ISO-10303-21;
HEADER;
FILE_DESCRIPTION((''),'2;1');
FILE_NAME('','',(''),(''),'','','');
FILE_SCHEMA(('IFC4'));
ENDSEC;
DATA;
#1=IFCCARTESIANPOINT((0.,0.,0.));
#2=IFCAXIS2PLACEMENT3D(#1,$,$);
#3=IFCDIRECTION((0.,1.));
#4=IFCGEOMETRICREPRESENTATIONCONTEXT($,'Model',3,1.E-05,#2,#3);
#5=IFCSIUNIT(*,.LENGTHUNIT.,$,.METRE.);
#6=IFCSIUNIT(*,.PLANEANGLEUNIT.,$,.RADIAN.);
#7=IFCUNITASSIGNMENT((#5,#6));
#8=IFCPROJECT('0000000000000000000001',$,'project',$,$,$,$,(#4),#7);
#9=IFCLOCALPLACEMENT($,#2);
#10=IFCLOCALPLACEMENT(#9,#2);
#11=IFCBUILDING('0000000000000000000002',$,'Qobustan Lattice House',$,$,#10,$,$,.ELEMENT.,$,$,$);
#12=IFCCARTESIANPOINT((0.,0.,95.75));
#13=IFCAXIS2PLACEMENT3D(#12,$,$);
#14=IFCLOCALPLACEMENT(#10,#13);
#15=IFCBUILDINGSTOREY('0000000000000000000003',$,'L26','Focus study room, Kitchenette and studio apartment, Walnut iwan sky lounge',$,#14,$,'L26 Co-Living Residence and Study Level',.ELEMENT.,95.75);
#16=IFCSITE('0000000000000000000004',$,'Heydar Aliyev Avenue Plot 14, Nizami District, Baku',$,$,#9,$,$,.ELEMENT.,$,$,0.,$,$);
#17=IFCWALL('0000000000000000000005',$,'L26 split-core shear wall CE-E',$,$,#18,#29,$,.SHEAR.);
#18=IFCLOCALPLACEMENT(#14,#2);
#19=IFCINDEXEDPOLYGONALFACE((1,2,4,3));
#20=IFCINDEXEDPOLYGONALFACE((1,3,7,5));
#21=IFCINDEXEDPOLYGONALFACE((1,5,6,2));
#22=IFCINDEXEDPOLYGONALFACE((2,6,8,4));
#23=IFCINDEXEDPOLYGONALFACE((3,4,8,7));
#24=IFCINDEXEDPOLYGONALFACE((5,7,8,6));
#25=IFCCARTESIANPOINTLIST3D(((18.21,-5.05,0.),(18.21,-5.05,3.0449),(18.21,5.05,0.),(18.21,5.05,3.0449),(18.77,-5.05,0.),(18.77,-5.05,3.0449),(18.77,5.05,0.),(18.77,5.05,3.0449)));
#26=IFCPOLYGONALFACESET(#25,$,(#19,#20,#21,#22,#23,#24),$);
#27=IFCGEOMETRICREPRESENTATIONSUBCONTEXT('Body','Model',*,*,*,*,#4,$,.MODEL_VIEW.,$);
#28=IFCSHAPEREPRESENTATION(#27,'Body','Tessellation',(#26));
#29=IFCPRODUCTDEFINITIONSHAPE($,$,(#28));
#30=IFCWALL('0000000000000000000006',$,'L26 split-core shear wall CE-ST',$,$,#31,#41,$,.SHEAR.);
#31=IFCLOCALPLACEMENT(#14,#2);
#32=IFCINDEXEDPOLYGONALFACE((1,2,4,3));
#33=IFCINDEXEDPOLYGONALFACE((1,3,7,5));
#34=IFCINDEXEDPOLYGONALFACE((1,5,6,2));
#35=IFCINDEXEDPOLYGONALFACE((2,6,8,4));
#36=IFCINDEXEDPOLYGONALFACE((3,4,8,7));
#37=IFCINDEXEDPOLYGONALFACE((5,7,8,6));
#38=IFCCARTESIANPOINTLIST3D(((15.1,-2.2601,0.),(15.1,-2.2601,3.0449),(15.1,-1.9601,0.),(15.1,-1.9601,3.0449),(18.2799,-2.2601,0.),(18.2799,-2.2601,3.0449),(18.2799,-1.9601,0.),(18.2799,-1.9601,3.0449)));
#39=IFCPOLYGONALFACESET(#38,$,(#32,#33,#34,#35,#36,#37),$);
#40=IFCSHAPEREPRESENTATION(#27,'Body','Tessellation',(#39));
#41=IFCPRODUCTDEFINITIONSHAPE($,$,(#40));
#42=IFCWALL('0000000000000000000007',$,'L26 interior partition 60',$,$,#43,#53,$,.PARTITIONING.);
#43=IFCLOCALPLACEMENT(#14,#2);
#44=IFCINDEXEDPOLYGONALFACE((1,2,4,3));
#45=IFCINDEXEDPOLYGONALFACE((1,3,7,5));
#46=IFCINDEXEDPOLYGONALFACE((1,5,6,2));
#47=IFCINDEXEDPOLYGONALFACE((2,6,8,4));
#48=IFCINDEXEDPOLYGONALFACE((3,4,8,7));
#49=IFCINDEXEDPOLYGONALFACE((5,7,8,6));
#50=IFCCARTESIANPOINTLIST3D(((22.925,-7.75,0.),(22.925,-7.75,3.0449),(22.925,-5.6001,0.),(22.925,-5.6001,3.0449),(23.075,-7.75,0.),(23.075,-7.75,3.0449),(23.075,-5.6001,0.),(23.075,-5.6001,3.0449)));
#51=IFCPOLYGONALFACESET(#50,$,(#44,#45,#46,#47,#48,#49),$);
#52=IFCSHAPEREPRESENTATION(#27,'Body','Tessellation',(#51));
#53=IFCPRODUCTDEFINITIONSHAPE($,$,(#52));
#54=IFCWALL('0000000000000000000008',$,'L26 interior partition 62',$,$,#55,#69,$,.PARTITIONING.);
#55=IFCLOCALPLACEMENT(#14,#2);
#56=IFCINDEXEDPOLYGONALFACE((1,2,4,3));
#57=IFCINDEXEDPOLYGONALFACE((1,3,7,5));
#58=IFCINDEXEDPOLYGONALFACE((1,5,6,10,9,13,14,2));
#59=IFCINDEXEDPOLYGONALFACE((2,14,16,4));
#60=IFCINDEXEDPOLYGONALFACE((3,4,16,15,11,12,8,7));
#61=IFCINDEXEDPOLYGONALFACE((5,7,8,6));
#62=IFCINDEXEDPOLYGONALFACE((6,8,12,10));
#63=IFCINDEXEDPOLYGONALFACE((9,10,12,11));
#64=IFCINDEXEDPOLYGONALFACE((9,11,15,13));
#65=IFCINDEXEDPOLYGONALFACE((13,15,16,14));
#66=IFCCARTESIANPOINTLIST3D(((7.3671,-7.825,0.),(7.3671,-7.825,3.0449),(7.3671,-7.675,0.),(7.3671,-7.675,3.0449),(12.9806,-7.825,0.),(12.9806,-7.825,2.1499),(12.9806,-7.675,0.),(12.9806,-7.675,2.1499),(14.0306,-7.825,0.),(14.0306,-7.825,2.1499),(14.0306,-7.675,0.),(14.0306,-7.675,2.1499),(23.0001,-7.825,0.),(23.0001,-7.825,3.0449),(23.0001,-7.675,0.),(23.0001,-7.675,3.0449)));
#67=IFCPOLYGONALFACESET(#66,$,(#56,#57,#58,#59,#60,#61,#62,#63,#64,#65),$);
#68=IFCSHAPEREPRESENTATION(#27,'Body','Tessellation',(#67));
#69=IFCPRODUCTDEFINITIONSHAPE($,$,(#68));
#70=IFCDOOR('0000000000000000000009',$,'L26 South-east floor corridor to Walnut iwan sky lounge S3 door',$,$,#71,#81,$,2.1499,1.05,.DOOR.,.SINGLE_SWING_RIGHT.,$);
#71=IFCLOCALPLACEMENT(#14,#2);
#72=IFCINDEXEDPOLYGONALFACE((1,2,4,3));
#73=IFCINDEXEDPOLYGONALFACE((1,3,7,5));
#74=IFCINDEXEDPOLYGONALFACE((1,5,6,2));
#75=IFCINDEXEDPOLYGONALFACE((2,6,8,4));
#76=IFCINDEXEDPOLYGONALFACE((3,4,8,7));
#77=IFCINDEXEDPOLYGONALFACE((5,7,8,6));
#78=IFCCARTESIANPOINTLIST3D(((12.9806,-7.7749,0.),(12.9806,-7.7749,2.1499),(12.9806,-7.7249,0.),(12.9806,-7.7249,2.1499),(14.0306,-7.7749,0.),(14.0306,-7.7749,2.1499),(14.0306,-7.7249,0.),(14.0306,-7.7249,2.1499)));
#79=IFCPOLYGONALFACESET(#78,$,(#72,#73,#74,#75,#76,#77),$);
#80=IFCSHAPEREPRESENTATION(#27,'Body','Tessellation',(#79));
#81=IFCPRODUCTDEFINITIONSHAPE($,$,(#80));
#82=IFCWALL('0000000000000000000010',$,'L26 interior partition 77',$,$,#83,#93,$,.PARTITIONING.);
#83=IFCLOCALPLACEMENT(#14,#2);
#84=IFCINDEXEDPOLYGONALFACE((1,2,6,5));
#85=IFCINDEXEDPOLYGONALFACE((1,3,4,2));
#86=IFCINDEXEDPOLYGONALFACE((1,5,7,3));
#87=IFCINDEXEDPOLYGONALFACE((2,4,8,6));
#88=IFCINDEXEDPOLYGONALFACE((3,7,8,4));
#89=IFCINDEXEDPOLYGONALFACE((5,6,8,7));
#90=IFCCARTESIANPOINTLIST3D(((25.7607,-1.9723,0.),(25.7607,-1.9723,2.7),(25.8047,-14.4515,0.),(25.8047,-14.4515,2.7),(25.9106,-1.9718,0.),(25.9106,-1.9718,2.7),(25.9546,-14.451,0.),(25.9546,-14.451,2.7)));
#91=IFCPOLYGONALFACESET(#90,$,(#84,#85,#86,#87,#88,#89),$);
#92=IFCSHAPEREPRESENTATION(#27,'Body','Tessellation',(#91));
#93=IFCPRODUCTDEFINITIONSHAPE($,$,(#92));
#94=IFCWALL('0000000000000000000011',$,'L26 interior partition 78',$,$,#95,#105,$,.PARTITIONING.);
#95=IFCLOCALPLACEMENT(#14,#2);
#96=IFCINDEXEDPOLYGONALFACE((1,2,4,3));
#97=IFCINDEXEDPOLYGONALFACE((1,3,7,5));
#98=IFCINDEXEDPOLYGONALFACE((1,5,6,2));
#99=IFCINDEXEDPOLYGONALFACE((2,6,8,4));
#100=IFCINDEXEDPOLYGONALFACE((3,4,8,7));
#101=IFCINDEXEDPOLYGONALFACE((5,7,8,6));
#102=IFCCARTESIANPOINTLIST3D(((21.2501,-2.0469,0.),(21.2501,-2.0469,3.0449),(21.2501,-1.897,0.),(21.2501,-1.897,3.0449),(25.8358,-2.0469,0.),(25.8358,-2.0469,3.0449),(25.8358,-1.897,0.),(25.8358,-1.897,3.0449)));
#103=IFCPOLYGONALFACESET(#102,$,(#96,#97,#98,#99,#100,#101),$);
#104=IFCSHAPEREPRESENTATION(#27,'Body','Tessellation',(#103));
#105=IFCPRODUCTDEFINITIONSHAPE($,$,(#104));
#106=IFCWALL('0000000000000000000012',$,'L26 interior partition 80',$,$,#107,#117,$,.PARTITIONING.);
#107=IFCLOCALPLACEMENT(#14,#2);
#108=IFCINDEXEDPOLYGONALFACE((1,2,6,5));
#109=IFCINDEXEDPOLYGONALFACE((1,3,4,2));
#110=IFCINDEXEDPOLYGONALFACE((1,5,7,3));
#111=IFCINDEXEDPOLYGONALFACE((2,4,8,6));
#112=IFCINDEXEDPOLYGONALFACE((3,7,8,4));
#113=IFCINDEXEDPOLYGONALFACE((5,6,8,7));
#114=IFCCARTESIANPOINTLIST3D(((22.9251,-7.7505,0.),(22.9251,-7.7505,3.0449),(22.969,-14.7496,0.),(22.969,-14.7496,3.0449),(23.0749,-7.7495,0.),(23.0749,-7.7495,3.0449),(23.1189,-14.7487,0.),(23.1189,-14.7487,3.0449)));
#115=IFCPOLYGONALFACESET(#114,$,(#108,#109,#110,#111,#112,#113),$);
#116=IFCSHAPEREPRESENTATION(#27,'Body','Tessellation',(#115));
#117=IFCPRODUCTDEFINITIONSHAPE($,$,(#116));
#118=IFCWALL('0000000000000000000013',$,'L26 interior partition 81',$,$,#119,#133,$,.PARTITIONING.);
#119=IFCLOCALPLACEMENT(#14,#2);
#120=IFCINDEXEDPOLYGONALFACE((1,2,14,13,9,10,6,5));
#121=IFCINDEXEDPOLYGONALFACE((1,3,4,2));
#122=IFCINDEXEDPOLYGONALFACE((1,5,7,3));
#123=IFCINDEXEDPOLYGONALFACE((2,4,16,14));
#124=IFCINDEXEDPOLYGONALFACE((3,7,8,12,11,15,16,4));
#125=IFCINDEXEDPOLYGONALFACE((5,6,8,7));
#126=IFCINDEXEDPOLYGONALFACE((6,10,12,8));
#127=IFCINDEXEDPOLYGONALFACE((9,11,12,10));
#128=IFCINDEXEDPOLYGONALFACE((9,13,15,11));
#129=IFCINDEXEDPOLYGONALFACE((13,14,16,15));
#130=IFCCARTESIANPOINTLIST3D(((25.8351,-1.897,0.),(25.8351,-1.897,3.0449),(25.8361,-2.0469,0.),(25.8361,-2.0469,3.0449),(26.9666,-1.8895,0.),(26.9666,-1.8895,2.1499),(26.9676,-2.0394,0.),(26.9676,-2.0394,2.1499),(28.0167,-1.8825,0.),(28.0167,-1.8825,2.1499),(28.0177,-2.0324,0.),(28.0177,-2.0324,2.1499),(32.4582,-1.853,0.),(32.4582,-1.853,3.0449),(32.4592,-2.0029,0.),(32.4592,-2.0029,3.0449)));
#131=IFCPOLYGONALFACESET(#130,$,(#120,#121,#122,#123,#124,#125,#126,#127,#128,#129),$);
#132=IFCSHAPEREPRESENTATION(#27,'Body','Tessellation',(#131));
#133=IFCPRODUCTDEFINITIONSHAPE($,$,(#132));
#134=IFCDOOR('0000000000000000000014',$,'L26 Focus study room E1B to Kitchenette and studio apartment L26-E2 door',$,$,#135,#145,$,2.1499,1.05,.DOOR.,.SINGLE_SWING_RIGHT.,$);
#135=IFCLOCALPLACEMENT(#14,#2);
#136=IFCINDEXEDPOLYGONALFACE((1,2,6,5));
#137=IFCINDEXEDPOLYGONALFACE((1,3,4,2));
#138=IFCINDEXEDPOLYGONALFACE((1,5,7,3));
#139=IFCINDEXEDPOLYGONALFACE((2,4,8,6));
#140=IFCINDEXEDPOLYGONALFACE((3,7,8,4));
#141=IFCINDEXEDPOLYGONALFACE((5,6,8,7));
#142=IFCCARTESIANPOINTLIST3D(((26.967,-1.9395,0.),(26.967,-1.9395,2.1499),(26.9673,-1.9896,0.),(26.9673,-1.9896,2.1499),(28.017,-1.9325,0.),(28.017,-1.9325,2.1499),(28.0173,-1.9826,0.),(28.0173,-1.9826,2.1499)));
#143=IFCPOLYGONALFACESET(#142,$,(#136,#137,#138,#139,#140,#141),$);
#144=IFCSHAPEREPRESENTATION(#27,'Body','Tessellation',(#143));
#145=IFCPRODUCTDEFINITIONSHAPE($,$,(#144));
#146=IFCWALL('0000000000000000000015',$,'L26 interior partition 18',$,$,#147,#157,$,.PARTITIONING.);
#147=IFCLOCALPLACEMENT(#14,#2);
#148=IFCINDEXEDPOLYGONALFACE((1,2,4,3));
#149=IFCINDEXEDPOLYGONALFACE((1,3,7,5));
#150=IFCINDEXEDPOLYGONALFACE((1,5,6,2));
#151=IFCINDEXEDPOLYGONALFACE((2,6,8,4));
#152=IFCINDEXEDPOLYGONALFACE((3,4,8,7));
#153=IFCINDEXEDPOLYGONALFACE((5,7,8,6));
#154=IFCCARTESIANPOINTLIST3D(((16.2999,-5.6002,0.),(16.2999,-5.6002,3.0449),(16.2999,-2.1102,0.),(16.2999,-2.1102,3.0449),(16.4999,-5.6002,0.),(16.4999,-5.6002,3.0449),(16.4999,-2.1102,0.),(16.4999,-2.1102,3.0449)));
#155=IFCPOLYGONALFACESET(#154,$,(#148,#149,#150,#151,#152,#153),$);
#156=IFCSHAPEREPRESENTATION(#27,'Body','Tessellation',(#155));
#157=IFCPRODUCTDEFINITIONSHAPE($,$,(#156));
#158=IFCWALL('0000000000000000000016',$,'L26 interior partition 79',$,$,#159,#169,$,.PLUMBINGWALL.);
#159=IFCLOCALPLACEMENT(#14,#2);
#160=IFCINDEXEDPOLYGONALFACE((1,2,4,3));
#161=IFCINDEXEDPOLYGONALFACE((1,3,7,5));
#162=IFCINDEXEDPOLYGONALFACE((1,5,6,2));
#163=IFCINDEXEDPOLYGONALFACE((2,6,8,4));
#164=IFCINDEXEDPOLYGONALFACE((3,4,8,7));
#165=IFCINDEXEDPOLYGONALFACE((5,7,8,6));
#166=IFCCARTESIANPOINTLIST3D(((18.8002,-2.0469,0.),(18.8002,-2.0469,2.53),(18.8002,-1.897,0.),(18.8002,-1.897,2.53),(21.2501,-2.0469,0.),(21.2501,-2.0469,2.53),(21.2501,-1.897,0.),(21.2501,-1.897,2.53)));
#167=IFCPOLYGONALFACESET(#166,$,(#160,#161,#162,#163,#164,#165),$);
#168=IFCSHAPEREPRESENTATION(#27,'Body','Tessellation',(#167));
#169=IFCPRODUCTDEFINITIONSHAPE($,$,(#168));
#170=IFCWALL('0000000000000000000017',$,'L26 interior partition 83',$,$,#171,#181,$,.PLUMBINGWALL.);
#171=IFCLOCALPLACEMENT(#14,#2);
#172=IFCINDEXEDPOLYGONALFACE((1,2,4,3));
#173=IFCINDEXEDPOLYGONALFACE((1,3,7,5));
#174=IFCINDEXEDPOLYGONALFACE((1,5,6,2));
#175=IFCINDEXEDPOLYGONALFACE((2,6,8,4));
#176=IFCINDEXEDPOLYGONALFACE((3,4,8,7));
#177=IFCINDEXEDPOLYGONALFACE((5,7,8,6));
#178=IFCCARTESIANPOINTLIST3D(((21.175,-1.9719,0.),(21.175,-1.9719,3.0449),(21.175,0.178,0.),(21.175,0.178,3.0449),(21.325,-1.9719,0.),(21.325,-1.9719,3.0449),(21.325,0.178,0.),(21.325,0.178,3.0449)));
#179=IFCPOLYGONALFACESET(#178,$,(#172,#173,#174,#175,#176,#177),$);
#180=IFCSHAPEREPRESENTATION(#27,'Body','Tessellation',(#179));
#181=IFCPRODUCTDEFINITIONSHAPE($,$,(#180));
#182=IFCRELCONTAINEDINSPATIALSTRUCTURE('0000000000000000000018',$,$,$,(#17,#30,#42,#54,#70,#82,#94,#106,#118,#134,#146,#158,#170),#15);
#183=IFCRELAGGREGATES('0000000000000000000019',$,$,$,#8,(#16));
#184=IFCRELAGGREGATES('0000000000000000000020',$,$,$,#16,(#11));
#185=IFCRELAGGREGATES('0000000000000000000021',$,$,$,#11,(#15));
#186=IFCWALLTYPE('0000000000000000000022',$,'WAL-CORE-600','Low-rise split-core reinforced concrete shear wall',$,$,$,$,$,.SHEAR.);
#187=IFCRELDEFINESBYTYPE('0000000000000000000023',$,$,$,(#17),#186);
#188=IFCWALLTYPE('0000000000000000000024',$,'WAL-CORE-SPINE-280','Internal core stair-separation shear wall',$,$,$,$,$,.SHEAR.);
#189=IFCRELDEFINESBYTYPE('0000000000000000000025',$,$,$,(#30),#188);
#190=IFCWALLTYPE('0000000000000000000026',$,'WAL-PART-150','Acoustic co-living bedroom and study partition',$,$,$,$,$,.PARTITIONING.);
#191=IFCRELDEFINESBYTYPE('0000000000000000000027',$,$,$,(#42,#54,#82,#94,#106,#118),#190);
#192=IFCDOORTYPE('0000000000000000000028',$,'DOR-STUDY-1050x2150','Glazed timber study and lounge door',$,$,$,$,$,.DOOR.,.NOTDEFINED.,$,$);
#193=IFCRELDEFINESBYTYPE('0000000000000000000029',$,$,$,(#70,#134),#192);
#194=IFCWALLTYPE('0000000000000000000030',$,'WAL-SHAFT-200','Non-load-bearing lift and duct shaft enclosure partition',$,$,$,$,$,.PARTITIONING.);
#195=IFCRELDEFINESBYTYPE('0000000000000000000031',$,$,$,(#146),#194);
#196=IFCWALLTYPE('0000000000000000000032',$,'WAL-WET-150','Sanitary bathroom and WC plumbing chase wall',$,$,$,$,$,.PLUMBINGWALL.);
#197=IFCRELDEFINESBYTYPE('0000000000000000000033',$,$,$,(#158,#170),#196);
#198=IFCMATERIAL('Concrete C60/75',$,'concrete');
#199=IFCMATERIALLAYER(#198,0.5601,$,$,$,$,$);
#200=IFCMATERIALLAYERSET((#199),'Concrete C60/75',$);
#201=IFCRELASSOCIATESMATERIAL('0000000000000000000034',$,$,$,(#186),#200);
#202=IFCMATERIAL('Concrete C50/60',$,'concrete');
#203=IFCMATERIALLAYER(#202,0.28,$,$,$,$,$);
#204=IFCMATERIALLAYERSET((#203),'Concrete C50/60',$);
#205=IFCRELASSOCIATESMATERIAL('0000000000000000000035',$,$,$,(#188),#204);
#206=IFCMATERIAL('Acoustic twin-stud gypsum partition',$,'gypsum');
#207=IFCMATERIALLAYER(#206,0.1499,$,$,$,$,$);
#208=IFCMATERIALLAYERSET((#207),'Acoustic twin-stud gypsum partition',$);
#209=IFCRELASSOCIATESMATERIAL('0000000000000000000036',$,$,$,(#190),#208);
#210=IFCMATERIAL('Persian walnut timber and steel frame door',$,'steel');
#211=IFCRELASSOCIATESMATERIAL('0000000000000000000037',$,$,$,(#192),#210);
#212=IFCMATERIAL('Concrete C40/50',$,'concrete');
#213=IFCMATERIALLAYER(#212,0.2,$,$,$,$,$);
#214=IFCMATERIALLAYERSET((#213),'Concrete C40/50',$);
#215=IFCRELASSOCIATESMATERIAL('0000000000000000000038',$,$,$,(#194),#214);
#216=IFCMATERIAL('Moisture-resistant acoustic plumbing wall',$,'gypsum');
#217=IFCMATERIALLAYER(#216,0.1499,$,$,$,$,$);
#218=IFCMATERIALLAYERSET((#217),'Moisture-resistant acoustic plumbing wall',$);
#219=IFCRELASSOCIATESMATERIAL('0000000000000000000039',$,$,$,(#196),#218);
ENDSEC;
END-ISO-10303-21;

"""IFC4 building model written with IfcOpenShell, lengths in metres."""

from ifc_helpers import new_model, si_unit, direction, frame, frame_2d, origin, place, context, subcontext, project, spatial, rectangle, extrude, material, layer, layer_set, type_object, element, fill, save


model = new_model("IFC4")

# Units and contexts
model_context = context("Model", 3, precision=1e-05, world=origin(), true_north=direction((0.0, 1.0)))
body_context = subcontext(model_context, "Body", "Model", "MODEL_VIEW")
ifc_project = project(units=[si_unit("LENGTHUNIT", "METRE"), si_unit("PLANEANGLEUNIT", "RADIAN")], contexts=[model_context])

# Site, building, storey
site_placement = place(None, origin())
site = spatial("IfcSite", under=ifc_project, at=site_placement, Name="Heydar Aliyev Avenue Plot 14, Nizami District, Baku", CompositionType="ELEMENT", RefElevation=0.0)
building_placement = place(site_placement, origin())
building = spatial("IfcBuilding", under=site, at=building_placement, Name="Qobustan Lattice House", CompositionType="ELEMENT")
storey_placement = place(building_placement, frame((0.0, 0.0, 95.75)))
storey = spatial("IfcBuildingStorey", under=building, at=storey_placement, Name="L26", Description="Focus study room, Kitchenette and studio apartment, Walnut iwan sky lounge", LongName="L26 Co-Living Residence and Study Level", CompositionType="ELEMENT", Elevation=95.75)

# Walls
ifc_material_1 = material(Name="Concrete C60/75", Category="concrete")
ifc_layer_1 = layer(ifc_material_1, 0.5601)
ifc_layer_set_1 = layer_set([ifc_layer_1], Name="Concrete C60/75")
wall_type_1 = type_object("IfcWallType", Name="WAL-CORE-600", Description="Low-rise split-core reinforced concrete shear wall", PredefinedType="SHEAR", material=ifc_layer_set_1)
wall_1_placement = place(storey_placement, frame((18.49, -5.05, 0.0), z_axis=(0.0, 0.0, 1.0), x_axis=(0.0, 1.0, 0.0)))
element("IfcWall", 1, at=wall_1_placement, inside=storey, type_object=wall_type_1, Name="L26 split-core shear wall CE-E", PredefinedType="SHEAR", context=body_context, shape_type="SweptSolid", body=[
    extrude(rectangle(XDim=10.1001, YDim=0.5601, at=frame_2d((5.05, 0.0))), origin(), (0.0, 0.0, 1.0), 3.0449),
])
ifc_material_2 = material(Name="Concrete C50/60", Category="concrete")
ifc_layer_2 = layer(ifc_material_2, 0.28)
ifc_layer_set_2 = layer_set([ifc_layer_2], Name="Concrete C50/60")
wall_type_2 = type_object("IfcWallType", Name="WAL-CORE-SPINE-280", Description="Internal core stair-separation shear wall", PredefinedType="SHEAR", material=ifc_layer_set_2)
wall_2_placement = place(storey_placement, frame((15.1001, -2.1101, 0.0), z_axis=(0.0, 0.0, 1.0), x_axis=(1.0, 0.0, 0.0)))
element("IfcWall", 2, at=wall_2_placement, inside=storey, type_object=wall_type_2, Name="L26 split-core shear wall CE-ST", PredefinedType="SHEAR", context=body_context, shape_type="SweptSolid", body=[
    extrude(rectangle(XDim=3.1799, YDim=0.3, at=frame_2d((1.5898, 0.0))), origin(), (0.0, 0.0, 1.0), 3.0449),
])

# Shared definitions
ifc_material_3 = material(Name="Acoustic twin-stud gypsum partition", Category="gypsum")
ifc_layer_3 = layer(ifc_material_3, 0.1499)
ifc_layer_set_3 = layer_set([ifc_layer_3], Name="Acoustic twin-stud gypsum partition")
wall_type_3 = type_object("IfcWallType", Name="WAL-PART-150", Description="Acoustic co-living bedroom and study partition", PredefinedType="PARTITIONING", material=ifc_layer_set_3)
ifc_material_4 = material(Name="Persian walnut timber and steel frame door", Category="steel")
door_type = type_object("IfcDoorType", Name="DOR-STUDY-1050x2150", Description="Glazed timber study and lounge door", OperationType="NOTDEFINED", PredefinedType="DOOR", material=ifc_material_4)

# Wall
wall_3_placement = place(storey_placement, frame((23.0, -5.6001, 0.0), z_axis=(0.0, 0.0, 1.0), x_axis=(0.0, -1.0, 0.0)))
element("IfcWall", 3, at=wall_3_placement, inside=storey, type_object=wall_type_3, Name="L26 interior partition 60", PredefinedType="PARTITIONING", context=body_context, shape_type="SweptSolid", body=[
    extrude(rectangle(XDim=2.1499, YDim=0.1499, at=frame_2d((1.075, 0.0))), origin(), (0.0, 0.0, 1.0), 3.0449),
])

# Wall, opening, door
wall_4_placement = place(storey_placement, frame((23.0, -7.75, 0.0), z_axis=(0.0, 0.0, 1.0), x_axis=(-1.0, 0.0, 0.0)))
wall_4 = element("IfcWall", 4, at=wall_4_placement, inside=storey, type_object=wall_type_3, Name="L26 interior partition 62", PredefinedType="PARTITIONING", context=body_context, shape_type="SweptSolid", body=[
    extrude(rectangle(XDim=15.6331, YDim=0.1499, at=frame_2d((7.8164, 0.0))), origin(), (0.0, 0.0, 1.0), 3.0449),
])
opening_1_placement = place(wall_4_placement, frame((8.9695, 0.0, 0.0)))
opening_1 = element("IfcOpeningElement", 5, at=opening_1_placement, cuts=wall_4, PredefinedType="OPENING", context=body_context, shape_type="SweptSolid", body=[
    extrude(rectangle(XDim=1.05, YDim=2.1499, at=frame_2d((0.5249, 1.075))), frame((0.0, 0.085, 0.0), z_axis=(0.0, -1.0, 0.0), x_axis=(1.0, 0.0, 0.0)), (0.0, 0.0, 1.0), 0.1699),
])
door_1_placement = place(opening_1_placement, origin())
door_1 = element("IfcDoor", 6, at=door_1_placement, inside=storey, type_object=door_type, Name="L26 South-east floor corridor to Walnut iwan sky lounge S3 door", OperationType="SINGLE_SWING_RIGHT", OverallHeight=2.1499, OverallWidth=1.05, PredefinedType="DOOR", context=body_context, shape_type="SweptSolid", body=[
    extrude(rectangle(XDim=1.05, YDim=2.1499, at=frame_2d((0.5249, 1.075))), frame((0.0, 0.0249, 0.0), z_axis=(0.0, -1.0, 0.0), x_axis=(1.0, 0.0, 0.0)), (0.0, 0.0, 1.0), 0.05),
])
fill(opening_1, door_1)

# Walls
wall_5_placement = place(storey_placement, frame((25.8357, -1.9719, 0.0), z_axis=(0.0, 0.0, 1.0), x_axis=(0.003521, -0.999994, 0.0)))
element("IfcWall", 7, at=wall_5_placement, inside=storey, type_object=wall_type_3, Name="L26 interior partition 77", PredefinedType="PARTITIONING", context=body_context, shape_type="SweptSolid", body=[
    extrude(rectangle(XDim=12.4792, YDim=0.1499, at=frame_2d((6.2397, 0.0))), origin(), (0.0, 0.0, 1.0), 2.7),
])
wall_6_placement = place(storey_placement, frame((21.25, -1.9719, 0.0), z_axis=(0.0, 0.0, 1.0), x_axis=(1.0, 0.0, 0.0)))
element("IfcWall", 8, at=wall_6_placement, inside=storey, type_object=wall_type_3, Name="L26 interior partition 78", PredefinedType="PARTITIONING", context=body_context, shape_type="SweptSolid", body=[
    extrude(rectangle(XDim=4.5857, YDim=0.1499, at=frame_2d((2.293, 0.0))), origin(), (0.0, 0.0, 1.0), 3.0449),
])
wall_7_placement = place(storey_placement, frame((23.0439, -14.749, 0.0), z_axis=(0.0, 0.0, 1.0), x_axis=(-0.006279, 0.99998, 0.0)))
element("IfcWall", 9, at=wall_7_placement, inside=storey, type_object=wall_type_3, Name="L26 interior partition 80", PredefinedType="PARTITIONING", context=body_context, shape_type="SweptSolid", body=[
    extrude(rectangle(XDim=6.9993, YDim=0.1499, at=frame_2d((3.4995, 0.0))), origin(), (0.0, 0.0, 1.0), 3.0449),
])

# Wall, opening, door
wall_8_placement = place(storey_placement, frame((25.8357, -1.9719, 0.0), z_axis=(0.0, 0.0, 1.0), x_axis=(0.999978, 0.006635, 0.0)))
wall_8 = element("IfcWall", 10, at=wall_8_placement, inside=storey, type_object=wall_type_3, Name="L26 interior partition 81", PredefinedType="PARTITIONING", context=body_context, shape_type="SweptSolid", body=[
    extrude(rectangle(XDim=6.6233, YDim=0.1499, at=frame_2d((3.3115, 0.0))), origin(), (0.0, 0.0, 1.0), 3.0449),
])
opening_2_placement = place(wall_8_placement, frame((1.1316, 0.0, 0.0)))
opening_2 = element("IfcOpeningElement", 11, at=opening_2_placement, cuts=wall_8, PredefinedType="OPENING", context=body_context, shape_type="SweptSolid", body=[
    extrude(rectangle(XDim=1.05, YDim=2.1499, at=frame_2d((0.5249, 1.075))), frame((0.0, 0.085, 0.0), z_axis=(0.0, -1.0, 0.0), x_axis=(1.0, 0.0, 0.0)), (0.0, 0.0, 1.0), 0.1699),
])
door_2_placement = place(opening_2_placement, origin())
door_2 = element("IfcDoor", 12, at=door_2_placement, inside=storey, type_object=door_type, Name="L26 Focus study room E1B to Kitchenette and studio apartment L26-E2 door", OperationType="SINGLE_SWING_RIGHT", OverallHeight=2.1499, OverallWidth=1.05, PredefinedType="DOOR", context=body_context, shape_type="SweptSolid", body=[
    extrude(rectangle(XDim=1.05, YDim=2.1499, at=frame_2d((0.5249, 1.075))), frame((0.0, 0.0249, 0.0), z_axis=(0.0, -1.0, 0.0), x_axis=(1.0, 0.0, 0.0)), (0.0, 0.0, 1.0), 0.05),
])
fill(opening_2, door_2)

# Walls
ifc_material_5 = material(Name="Concrete C40/50", Category="concrete")
ifc_layer_4 = layer(ifc_material_5, 0.2)
ifc_layer_set_4 = layer_set([ifc_layer_4], Name="Concrete C40/50")
wall_type_4 = type_object("IfcWallType", Name="WAL-SHAFT-200", Description="Non-load-bearing lift and duct shaft enclosure partition", PredefinedType="PARTITIONING", material=ifc_layer_set_4)
wall_9_placement = place(storey_placement, frame((16.3999, -2.1101, 0.0), z_axis=(0.0, 0.0, 1.0), x_axis=(0.0, -1.0, 0.0)))
element("IfcWall", 13, at=wall_9_placement, inside=storey, type_object=wall_type_4, Name="L26 interior partition 18", PredefinedType="PARTITIONING", context=body_context, shape_type="SweptSolid", body=[
    extrude(rectangle(XDim=3.49, YDim=0.2, at=frame_2d((1.7451, 0.0))), origin(), (0.0, 0.0, 1.0), 3.0449),
])
ifc_material_6 = material(Name="Moisture-resistant acoustic plumbing wall", Category="gypsum")
ifc_layer_5 = layer(ifc_material_6, 0.1499)
ifc_layer_set_5 = layer_set([ifc_layer_5], Name="Moisture-resistant acoustic plumbing wall")
wall_type_5 = type_object("IfcWallType", Name="WAL-WET-150", Description="Sanitary bathroom and WC plumbing chase wall", PredefinedType="PLUMBINGWALL", material=ifc_layer_set_5)
wall_10_placement = place(storey_placement, frame((18.8, -1.9719, 0.0), z_axis=(0.0, 0.0, 1.0), x_axis=(1.0, 0.0, 0.0)))
element("IfcWall", 14, at=wall_10_placement, inside=storey, type_object=wall_type_5, Name="L26 interior partition 79", PredefinedType="PLUMBINGWALL", context=body_context, shape_type="SweptSolid", body=[
    extrude(rectangle(XDim=2.45, YDim=0.1499, at=frame_2d((1.2251, 0.0))), origin(), (0.0, 0.0, 1.0), 2.53),
])
wall_11_placement = place(storey_placement, frame((21.25, -1.9719, 0.0), z_axis=(0.0, 0.0, 1.0), x_axis=(0.0, 1.0, 0.0)))
element("IfcWall", 15, at=wall_11_placement, inside=storey, type_object=wall_type_5, Name="L26 interior partition 83", PredefinedType="PLUMBINGWALL", context=body_context, shape_type="SweptSolid", body=[
    extrude(rectangle(XDim=2.1499, YDim=0.1499, at=frame_2d((1.075, 0.0))), origin(), (0.0, 0.0, 1.0), 3.0449),
])

save(model, "model.ifc")
